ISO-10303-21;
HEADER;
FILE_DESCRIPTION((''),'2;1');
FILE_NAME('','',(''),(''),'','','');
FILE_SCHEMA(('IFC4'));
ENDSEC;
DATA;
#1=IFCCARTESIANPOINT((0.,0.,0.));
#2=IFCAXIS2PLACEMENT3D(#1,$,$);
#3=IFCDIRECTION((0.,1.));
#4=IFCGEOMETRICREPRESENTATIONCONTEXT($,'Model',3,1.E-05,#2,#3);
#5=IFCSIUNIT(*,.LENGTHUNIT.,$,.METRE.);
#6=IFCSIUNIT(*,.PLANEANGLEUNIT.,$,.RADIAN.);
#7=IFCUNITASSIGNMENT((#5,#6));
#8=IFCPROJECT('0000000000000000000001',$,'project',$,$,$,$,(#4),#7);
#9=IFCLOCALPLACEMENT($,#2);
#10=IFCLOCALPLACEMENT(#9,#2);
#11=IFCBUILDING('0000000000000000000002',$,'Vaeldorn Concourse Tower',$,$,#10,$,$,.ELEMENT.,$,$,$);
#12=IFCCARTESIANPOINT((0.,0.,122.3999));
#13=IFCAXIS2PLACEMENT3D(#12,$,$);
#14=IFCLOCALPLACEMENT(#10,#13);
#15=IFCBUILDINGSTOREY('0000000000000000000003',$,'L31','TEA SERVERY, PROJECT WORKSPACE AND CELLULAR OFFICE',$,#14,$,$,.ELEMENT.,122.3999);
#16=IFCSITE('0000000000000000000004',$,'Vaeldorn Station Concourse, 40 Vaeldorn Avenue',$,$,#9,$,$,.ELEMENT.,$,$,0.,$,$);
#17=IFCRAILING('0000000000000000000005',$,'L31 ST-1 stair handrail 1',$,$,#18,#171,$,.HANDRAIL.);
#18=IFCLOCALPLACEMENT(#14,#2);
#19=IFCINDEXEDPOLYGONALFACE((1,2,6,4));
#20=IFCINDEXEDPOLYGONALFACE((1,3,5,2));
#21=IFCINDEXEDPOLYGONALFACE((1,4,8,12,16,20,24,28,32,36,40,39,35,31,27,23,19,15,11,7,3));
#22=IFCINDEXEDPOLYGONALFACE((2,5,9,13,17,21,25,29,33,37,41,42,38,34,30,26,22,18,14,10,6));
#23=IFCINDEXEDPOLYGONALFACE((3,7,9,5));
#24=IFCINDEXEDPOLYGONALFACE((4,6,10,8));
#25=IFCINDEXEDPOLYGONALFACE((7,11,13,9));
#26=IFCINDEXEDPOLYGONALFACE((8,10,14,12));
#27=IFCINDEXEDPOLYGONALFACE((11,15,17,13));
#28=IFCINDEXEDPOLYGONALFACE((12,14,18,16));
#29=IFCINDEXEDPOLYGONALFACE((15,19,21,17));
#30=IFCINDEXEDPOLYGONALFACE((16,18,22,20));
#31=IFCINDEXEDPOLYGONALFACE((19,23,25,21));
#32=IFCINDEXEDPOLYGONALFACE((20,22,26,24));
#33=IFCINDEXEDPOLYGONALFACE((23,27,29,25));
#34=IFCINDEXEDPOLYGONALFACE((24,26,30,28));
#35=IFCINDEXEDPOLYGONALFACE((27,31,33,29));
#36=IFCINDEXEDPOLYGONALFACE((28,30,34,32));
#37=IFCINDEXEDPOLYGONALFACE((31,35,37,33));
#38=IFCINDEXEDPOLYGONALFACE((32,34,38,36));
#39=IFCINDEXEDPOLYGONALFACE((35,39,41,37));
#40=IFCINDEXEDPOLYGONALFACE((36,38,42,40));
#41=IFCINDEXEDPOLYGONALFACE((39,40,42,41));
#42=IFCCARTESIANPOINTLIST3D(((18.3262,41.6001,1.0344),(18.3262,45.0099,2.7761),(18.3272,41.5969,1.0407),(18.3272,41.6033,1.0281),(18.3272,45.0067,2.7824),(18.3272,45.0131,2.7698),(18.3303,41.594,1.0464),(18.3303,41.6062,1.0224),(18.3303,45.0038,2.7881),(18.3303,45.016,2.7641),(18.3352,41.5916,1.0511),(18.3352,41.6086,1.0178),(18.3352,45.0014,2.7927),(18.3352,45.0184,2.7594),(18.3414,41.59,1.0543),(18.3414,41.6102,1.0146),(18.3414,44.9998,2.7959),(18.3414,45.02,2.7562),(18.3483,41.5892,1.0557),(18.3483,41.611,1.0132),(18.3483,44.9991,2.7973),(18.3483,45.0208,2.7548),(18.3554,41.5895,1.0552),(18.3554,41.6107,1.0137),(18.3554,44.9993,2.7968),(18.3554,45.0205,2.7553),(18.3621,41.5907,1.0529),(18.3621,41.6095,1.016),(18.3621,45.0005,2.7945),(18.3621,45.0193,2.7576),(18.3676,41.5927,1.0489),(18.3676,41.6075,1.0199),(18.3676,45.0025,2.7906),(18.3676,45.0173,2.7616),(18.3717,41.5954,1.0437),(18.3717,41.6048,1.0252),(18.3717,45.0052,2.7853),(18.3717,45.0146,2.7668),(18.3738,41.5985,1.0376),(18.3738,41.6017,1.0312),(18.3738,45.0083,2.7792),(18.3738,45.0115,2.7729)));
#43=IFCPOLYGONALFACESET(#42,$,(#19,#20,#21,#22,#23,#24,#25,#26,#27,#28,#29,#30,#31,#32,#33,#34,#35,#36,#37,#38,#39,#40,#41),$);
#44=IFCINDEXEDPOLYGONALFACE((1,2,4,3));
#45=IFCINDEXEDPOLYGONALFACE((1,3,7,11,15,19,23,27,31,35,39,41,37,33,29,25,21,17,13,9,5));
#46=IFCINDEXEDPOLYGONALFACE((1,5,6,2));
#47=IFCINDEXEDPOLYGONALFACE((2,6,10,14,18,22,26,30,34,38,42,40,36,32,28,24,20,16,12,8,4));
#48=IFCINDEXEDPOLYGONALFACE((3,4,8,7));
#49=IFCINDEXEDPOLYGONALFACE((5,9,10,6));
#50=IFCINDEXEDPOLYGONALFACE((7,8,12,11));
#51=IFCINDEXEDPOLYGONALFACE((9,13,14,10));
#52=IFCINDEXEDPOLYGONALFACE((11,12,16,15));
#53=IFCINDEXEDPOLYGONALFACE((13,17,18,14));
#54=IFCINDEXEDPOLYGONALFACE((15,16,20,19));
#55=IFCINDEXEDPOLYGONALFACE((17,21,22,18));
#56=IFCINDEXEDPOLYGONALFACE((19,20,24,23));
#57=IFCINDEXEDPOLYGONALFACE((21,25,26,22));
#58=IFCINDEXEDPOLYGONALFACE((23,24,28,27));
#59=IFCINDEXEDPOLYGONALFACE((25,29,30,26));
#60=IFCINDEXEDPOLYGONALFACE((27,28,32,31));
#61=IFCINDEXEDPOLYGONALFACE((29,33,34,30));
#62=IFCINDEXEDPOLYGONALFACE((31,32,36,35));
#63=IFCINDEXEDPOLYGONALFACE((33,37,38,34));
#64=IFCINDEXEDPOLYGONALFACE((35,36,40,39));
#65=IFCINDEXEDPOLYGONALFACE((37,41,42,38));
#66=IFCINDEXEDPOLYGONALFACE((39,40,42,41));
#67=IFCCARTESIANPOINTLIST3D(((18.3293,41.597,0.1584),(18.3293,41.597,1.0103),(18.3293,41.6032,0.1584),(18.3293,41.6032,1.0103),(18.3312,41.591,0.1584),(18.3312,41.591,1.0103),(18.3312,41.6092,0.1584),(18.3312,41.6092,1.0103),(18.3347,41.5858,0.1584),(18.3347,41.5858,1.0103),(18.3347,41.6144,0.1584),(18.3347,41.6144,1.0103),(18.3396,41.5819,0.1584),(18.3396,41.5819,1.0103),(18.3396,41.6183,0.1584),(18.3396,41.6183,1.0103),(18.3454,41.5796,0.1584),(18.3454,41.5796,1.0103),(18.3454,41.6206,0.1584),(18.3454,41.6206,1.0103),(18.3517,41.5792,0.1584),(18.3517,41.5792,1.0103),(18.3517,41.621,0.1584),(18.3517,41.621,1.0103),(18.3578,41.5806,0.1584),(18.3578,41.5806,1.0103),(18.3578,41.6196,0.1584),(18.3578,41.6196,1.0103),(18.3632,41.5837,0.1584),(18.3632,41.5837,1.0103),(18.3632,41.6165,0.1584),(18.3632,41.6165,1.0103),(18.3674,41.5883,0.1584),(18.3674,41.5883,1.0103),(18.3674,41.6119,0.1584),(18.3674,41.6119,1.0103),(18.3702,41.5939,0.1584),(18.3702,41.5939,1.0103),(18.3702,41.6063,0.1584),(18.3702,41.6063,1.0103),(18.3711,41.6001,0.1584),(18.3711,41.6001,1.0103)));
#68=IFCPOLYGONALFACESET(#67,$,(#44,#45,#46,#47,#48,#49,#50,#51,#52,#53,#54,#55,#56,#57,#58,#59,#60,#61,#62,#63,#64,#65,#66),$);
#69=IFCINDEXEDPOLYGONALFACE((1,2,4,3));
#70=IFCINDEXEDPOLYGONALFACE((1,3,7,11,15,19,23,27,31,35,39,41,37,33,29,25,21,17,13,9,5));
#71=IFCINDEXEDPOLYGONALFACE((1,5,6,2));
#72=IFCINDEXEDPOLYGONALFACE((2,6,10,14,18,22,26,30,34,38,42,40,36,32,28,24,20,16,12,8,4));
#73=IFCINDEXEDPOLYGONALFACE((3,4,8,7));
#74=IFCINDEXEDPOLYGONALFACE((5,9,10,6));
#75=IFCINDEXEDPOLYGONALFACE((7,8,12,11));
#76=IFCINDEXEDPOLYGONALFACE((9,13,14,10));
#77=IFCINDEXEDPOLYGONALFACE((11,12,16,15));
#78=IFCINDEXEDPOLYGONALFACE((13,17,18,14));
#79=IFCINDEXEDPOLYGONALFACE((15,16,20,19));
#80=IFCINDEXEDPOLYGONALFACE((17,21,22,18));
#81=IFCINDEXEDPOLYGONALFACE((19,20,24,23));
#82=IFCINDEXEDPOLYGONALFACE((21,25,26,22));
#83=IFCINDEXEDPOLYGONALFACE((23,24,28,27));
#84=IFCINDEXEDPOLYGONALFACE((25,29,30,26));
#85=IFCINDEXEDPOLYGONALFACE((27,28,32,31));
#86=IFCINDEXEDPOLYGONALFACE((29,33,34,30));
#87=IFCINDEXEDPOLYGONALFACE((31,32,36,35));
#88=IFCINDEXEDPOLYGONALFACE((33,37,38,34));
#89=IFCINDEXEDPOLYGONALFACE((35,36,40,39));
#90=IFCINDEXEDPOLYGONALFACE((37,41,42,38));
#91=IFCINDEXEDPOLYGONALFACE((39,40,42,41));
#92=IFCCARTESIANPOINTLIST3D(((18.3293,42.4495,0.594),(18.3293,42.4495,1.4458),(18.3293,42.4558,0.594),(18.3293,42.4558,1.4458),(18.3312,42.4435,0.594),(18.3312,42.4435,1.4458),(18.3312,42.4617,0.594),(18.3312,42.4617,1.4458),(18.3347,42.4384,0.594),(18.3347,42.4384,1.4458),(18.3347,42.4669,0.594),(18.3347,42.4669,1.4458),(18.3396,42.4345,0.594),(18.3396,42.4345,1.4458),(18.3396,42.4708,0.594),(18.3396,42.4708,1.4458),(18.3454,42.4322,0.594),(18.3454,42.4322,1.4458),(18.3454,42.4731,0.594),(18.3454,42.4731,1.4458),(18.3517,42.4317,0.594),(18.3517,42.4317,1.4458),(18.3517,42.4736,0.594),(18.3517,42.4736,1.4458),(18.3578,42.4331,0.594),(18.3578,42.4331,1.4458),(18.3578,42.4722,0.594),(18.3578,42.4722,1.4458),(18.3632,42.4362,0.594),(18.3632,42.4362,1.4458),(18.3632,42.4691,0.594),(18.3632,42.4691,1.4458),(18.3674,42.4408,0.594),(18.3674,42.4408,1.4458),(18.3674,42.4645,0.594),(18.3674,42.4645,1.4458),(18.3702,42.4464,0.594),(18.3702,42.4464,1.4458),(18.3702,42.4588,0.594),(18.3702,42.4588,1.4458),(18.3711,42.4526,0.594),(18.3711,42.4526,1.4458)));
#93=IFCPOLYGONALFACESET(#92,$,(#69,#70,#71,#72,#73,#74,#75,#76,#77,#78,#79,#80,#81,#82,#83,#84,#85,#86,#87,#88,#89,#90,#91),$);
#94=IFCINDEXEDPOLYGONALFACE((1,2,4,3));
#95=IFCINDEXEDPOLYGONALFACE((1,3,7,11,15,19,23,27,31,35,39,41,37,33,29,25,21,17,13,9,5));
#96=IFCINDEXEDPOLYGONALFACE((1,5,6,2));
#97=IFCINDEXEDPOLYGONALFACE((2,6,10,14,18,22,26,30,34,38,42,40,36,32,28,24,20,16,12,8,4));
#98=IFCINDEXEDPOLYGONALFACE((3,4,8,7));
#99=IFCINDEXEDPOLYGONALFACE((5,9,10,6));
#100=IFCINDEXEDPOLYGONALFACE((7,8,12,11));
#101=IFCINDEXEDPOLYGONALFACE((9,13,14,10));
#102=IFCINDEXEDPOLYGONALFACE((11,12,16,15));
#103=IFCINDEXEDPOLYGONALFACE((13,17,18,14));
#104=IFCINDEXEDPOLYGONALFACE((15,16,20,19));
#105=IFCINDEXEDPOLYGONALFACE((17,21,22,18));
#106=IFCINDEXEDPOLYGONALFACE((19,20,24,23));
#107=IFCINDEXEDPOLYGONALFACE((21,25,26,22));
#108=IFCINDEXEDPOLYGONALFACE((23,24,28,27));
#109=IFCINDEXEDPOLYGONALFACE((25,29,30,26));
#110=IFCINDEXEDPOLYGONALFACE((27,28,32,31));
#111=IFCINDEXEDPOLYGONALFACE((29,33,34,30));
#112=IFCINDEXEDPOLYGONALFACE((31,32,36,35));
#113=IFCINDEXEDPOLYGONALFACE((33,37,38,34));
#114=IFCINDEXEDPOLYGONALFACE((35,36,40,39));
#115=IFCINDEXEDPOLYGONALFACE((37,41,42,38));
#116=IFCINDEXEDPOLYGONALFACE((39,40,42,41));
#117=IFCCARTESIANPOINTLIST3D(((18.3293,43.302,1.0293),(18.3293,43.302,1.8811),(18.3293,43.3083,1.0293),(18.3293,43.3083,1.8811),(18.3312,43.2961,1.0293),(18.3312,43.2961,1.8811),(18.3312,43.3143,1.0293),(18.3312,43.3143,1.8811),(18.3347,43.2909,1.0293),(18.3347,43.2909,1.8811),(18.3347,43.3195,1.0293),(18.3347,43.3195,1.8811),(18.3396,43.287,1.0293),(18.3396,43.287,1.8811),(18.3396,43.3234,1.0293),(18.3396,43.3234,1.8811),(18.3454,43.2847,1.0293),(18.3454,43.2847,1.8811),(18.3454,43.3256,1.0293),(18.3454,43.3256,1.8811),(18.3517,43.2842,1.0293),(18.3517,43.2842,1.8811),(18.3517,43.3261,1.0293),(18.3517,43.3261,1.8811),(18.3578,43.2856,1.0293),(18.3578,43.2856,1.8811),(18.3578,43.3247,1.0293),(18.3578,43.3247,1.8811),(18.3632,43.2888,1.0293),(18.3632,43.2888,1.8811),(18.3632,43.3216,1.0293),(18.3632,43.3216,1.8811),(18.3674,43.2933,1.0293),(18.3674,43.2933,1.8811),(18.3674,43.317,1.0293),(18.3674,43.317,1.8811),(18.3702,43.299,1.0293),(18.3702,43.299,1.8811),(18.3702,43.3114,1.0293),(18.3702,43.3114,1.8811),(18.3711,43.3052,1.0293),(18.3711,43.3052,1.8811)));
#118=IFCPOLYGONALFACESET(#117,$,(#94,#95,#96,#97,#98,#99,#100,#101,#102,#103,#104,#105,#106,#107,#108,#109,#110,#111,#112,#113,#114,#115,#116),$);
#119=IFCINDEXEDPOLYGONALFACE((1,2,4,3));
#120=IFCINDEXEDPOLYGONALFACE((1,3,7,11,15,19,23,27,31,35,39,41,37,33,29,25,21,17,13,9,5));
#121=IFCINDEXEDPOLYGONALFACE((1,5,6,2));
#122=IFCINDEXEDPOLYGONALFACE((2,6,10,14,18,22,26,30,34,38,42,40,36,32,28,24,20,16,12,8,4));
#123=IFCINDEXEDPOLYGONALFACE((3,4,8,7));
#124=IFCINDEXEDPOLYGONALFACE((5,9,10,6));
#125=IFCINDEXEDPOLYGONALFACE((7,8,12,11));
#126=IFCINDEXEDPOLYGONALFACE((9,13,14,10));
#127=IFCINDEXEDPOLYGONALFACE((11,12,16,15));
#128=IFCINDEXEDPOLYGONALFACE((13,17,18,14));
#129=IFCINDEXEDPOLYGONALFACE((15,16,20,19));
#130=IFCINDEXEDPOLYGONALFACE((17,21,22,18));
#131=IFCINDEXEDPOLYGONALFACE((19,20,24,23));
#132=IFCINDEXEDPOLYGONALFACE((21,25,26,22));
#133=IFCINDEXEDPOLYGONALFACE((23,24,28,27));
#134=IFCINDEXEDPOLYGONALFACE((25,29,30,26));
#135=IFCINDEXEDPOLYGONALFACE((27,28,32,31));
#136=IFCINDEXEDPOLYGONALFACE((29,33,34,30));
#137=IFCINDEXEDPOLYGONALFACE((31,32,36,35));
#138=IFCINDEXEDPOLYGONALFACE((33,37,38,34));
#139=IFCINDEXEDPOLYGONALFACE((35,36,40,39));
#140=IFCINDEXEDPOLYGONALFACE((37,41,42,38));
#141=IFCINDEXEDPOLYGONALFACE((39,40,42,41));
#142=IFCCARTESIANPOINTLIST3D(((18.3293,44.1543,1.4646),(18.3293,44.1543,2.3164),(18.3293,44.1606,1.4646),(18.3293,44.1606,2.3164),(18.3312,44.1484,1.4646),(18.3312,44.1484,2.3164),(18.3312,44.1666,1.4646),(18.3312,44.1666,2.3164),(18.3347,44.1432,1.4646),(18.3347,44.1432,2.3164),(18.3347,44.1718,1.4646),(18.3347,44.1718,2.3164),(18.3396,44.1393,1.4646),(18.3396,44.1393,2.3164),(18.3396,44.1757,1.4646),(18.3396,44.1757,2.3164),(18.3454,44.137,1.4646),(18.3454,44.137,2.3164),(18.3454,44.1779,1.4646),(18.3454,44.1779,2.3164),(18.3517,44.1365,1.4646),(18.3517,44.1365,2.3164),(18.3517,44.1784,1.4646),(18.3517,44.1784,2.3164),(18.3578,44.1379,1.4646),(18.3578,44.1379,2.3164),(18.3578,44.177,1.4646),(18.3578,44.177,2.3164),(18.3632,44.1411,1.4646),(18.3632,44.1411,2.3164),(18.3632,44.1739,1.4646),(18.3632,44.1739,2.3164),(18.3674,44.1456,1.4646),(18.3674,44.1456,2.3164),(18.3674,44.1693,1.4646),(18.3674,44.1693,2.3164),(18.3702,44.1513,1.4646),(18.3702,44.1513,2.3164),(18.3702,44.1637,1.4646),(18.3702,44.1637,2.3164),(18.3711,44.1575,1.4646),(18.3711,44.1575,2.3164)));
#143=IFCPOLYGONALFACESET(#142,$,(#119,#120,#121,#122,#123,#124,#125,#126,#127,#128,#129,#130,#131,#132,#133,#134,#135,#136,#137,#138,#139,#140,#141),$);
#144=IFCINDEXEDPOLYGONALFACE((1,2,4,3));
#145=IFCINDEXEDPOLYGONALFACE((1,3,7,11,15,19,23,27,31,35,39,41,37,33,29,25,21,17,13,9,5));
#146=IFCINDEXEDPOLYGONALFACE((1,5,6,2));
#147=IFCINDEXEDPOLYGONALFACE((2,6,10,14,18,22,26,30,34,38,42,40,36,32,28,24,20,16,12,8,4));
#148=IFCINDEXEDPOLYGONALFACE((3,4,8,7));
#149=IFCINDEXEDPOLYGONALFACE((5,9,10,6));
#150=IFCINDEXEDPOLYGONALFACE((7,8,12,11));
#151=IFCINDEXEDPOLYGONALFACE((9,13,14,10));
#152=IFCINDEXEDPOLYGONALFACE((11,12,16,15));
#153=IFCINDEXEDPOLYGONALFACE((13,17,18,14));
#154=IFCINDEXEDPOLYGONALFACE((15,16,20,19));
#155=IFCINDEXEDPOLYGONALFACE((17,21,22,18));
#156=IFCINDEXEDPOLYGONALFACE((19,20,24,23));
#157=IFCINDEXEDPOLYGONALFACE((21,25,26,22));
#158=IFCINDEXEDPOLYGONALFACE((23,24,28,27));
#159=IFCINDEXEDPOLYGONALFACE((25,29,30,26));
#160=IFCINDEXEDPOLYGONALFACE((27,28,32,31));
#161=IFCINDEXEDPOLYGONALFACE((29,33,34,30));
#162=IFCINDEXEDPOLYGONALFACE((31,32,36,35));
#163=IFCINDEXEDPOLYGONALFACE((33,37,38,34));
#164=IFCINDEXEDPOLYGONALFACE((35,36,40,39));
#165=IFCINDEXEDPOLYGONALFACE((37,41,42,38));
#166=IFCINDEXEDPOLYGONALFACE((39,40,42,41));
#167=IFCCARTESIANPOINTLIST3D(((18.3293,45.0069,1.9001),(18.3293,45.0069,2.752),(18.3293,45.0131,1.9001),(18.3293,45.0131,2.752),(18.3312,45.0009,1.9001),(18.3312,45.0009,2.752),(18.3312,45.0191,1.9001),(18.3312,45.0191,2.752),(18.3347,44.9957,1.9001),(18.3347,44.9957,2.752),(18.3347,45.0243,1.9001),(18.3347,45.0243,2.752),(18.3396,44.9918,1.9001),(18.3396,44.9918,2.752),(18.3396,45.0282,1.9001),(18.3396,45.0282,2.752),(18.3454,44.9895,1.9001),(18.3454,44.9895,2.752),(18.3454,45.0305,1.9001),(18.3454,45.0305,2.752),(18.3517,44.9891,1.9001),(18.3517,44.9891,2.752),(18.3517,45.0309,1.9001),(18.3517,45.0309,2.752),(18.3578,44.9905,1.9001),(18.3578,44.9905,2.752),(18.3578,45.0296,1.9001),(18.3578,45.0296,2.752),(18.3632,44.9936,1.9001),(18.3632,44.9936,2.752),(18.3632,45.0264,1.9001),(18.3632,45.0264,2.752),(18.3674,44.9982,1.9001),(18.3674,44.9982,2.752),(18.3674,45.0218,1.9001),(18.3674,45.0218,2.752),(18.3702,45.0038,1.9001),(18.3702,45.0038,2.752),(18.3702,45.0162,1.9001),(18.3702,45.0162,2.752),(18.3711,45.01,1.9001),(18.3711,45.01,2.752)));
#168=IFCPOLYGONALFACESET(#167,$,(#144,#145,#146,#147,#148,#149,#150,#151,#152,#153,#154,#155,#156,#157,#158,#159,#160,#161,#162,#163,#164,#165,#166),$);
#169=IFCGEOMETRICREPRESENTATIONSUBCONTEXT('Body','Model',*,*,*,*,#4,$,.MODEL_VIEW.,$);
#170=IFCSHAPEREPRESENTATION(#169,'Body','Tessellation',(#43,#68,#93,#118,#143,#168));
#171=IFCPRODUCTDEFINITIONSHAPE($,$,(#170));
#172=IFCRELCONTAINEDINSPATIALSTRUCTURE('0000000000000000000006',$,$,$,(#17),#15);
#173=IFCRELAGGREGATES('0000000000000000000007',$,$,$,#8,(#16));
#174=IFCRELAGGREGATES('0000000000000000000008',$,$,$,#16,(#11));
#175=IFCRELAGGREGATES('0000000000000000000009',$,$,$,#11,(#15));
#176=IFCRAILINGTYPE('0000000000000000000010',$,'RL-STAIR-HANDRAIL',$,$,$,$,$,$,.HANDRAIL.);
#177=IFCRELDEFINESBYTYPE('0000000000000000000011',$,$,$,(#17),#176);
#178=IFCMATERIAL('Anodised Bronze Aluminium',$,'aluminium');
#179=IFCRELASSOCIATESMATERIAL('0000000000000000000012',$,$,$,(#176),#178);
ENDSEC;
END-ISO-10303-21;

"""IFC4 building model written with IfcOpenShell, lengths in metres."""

from ifc_helpers import new_model, si_unit, direction, frame, origin, origin_2d, place, context, subcontext, project, spatial, circle, extrude, material, type_object, element, save


model = new_model("IFC4")

# Units and contexts
model_context = context("Model", 3, precision=1e-05, world=origin(), true_north=direction((0.0, 1.0)))
body_context = subcontext(model_context, "Body", "Model", "MODEL_VIEW")
ifc_project = project(units=[si_unit("LENGTHUNIT", "METRE"), si_unit("PLANEANGLEUNIT", "RADIAN")], contexts=[model_context])

# Site, building, storey
site_placement = place(None, origin())
site = spatial("IfcSite", under=ifc_project, at=site_placement, Name="Vaeldorn Station Concourse, 40 Vaeldorn Avenue", CompositionType="ELEMENT", RefElevation=0.0)
building_placement = place(site_placement, origin())
building = spatial("IfcBuilding", under=site, at=building_placement, Name="Vaeldorn Concourse Tower", CompositionType="ELEMENT")
storey_placement = place(building_placement, frame((0.0, 0.0, 122.3999)))
storey = spatial("IfcBuildingStorey", under=building, at=storey_placement, Name="L31", Description="TEA SERVERY, PROJECT WORKSPACE AND CELLULAR OFFICE", CompositionType="ELEMENT", Elevation=122.3999)

# Shared definitions
ifc_material_1 = material(Name="Anodised Bronze Aluminium", Category="aluminium")

# Railing
railing_type_1 = type_object("IfcRailingType", Name="RL-STAIR-HANDRAIL", PredefinedType="HANDRAIL", material=ifc_material_1)
railing_1_placement = place(storey_placement, frame((18.3501, 41.6001, 0.1584)))
element("IfcRailing", 1, at=railing_1_placement, inside=storey, type_object=railing_type_1, Name="L31 ST-1 stair handrail 1", PredefinedType="HANDRAIL", context=body_context, shape_type="SweptSolid", body=[
    extrude(circle(Radius=0.0239, at=origin_2d()), frame((0.0, 0.0, 0.876), z_axis=(0.0, 0.890556, 0.454874), x_axis=(-1.0, 0.0, 0.0)), (0.0, 0.0, 1.0), 3.8289),
    extrude(circle(Radius=0.021, at=origin_2d()), origin(), (0.0, 0.0, 1.0), 0.8518),
    extrude(circle(Radius=0.021, at=origin_2d()), frame((0.0, 0.8525, 0.4355)), (0.0, 0.0, 1.0), 0.8518),
    extrude(circle(Radius=0.021, at=origin_2d()), frame((0.0, 1.7051, 0.8708)), (0.0, 0.0, 1.0), 0.8518),
    extrude(circle(Radius=0.021, at=origin_2d()), frame((0.0, 2.5574, 1.3062)), (0.0, 0.0, 1.0), 0.8518),
    extrude(circle(Radius=0.021, at=origin_2d()), frame((0.0, 3.4099, 1.7417)), (0.0, 0.0, 1.0), 0.8518),
])

save(model, "model.ifc")
